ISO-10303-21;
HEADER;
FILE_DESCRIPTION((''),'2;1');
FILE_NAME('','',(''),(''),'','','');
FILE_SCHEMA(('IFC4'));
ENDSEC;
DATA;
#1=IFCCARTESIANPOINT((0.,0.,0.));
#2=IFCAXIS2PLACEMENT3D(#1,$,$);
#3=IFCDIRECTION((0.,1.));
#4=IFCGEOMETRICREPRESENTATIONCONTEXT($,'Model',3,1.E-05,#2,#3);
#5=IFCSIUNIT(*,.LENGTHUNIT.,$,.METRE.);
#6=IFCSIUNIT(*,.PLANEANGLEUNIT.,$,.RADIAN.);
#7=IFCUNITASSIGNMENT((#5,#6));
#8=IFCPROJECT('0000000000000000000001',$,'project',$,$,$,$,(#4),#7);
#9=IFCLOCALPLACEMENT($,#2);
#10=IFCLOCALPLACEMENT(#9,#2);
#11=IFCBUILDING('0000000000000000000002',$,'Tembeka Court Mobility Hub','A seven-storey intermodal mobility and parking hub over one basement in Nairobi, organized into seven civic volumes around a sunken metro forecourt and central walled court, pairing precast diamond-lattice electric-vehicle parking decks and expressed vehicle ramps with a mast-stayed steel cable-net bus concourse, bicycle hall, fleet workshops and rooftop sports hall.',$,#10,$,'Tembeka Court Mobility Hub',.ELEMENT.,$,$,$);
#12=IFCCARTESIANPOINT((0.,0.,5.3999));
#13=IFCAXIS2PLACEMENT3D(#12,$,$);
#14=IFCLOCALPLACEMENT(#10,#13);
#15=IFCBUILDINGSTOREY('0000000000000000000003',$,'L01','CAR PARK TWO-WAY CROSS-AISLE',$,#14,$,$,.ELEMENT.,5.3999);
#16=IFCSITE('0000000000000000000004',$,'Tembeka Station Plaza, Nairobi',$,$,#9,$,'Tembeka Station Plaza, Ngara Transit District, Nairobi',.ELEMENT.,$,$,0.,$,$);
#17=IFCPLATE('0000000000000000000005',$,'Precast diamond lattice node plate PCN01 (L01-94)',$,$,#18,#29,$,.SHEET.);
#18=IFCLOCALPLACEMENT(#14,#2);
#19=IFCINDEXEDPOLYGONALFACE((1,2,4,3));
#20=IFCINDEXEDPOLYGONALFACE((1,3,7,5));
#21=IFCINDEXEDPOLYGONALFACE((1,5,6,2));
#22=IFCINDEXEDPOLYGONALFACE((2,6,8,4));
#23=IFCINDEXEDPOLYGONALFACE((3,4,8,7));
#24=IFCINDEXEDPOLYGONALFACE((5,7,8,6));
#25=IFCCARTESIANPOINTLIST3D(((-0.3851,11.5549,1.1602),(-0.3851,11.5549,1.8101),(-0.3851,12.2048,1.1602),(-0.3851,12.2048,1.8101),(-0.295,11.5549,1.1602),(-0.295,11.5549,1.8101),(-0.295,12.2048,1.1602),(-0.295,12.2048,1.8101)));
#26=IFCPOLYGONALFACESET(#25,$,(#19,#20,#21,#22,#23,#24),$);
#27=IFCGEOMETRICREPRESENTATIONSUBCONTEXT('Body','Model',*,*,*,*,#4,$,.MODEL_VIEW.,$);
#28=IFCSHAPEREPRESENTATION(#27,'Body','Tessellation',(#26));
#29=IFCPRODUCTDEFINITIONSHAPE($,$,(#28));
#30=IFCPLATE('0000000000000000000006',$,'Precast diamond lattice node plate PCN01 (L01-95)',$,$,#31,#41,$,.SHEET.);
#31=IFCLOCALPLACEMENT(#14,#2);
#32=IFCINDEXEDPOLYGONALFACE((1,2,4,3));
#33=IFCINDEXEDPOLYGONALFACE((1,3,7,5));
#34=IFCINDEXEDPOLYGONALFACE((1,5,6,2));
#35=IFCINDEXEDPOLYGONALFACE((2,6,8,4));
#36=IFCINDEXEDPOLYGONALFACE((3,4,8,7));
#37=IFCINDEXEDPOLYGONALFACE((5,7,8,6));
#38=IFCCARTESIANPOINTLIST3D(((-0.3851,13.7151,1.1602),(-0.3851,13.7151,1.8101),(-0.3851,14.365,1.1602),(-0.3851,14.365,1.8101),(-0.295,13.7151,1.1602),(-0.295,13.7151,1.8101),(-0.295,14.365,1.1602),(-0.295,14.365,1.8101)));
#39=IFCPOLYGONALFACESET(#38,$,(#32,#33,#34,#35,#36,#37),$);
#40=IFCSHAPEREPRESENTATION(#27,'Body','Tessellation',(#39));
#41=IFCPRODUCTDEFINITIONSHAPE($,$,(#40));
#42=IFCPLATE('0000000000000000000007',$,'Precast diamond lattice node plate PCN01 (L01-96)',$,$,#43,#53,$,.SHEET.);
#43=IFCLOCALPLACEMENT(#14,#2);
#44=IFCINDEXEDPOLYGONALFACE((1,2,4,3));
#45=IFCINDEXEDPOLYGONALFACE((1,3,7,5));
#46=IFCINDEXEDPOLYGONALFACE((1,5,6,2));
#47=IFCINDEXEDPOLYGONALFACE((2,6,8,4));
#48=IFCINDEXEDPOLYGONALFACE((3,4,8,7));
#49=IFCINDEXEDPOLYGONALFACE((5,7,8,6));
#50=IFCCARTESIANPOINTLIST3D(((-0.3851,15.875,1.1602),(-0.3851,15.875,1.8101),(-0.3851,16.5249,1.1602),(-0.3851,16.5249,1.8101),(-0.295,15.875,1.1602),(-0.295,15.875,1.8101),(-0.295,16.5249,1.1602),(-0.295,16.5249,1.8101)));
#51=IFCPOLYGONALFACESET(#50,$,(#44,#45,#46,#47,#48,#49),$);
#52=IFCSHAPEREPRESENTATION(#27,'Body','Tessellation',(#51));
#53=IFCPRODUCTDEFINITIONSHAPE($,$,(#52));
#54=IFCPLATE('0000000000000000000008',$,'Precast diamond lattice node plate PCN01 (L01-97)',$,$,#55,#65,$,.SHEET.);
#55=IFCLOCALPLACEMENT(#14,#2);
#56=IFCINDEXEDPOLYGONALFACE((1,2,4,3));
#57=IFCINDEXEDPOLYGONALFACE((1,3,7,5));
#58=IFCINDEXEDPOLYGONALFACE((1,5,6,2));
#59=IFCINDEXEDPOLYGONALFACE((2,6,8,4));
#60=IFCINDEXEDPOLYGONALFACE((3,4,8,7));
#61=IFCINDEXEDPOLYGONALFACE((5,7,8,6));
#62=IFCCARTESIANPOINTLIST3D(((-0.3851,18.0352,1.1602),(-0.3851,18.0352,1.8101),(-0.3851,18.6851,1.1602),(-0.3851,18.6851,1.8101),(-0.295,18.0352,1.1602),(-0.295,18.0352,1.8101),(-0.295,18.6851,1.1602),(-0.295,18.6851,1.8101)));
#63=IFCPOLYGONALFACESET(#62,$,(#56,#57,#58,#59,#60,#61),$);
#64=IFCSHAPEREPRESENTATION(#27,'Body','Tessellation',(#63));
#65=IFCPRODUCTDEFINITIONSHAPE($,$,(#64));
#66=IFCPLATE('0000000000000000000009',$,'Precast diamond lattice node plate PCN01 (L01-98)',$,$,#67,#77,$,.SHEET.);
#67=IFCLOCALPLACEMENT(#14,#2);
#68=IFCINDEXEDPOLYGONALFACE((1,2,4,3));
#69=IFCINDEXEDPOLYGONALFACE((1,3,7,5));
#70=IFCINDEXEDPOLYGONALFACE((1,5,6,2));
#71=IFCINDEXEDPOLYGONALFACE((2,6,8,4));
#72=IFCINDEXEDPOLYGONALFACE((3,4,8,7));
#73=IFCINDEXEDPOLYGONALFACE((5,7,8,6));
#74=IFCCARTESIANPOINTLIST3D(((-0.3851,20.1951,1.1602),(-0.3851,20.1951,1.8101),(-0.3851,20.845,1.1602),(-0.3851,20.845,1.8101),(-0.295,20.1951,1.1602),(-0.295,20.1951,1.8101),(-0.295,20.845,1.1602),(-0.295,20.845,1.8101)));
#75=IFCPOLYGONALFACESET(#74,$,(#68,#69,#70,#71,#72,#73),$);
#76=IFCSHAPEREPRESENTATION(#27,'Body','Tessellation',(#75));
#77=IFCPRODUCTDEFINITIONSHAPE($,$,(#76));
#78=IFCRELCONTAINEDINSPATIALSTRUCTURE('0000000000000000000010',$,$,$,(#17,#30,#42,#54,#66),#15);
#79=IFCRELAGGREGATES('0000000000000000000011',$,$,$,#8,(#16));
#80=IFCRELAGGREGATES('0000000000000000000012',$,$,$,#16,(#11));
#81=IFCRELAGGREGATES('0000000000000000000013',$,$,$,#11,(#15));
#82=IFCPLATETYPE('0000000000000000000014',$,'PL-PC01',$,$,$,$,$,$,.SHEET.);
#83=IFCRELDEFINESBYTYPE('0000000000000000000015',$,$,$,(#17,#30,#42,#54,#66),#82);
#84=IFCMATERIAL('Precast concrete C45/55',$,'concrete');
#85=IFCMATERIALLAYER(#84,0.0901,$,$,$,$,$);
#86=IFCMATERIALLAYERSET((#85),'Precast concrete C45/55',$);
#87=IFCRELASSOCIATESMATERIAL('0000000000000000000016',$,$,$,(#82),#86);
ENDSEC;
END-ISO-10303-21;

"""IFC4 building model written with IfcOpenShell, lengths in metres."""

from ifc_helpers import new_model, si_unit, direction, frame, origin, origin_2d, place, context, subcontext, project, spatial, rectangle, extrude, material, layer, layer_set, type_object, element, save


model = new_model("IFC4")

# Units and contexts
model_context = context("Model", 3, precision=1e-05, world=origin(), true_north=direction((0.0, 1.0)))
body_context = subcontext(model_context, "Body", "Model", "MODEL_VIEW")
ifc_project = project(units=[si_unit("LENGTHUNIT", "METRE"), si_unit("PLANEANGLEUNIT", "RADIAN")], contexts=[model_context])

# Site, building, storey
site_placement = place(None, origin())
site = spatial("IfcSite", under=ifc_project, at=site_placement, Name="Tembeka Station Plaza, Nairobi", LongName="Tembeka Station Plaza, Ngara Transit District, Nairobi", CompositionType="ELEMENT", RefElevation=0.0)
building_placement = place(site_placement, origin())
building = spatial("IfcBuilding", under=site, at=building_placement, Name="Tembeka Court Mobility Hub", Description="A seven-storey intermodal mobility and parking hub over one basement in Nairobi, organized into seven civic volumes around a sunken metro forecourt and central walled court, pairing precast diamond-lattice electric-vehicle parking decks and expressed vehicle ramps with a mast-stayed steel cable-net bus concourse, bicycle hall, fleet workshops and rooftop sports hall.", LongName="Tembeka Court Mobility Hub", CompositionType="ELEMENT")
storey_placement = place(building_placement, frame((0.0, 0.0, 5.3999)))
storey = spatial("IfcBuildingStorey", under=building, at=storey_placement, Name="L01", Description="CAR PARK TWO-WAY CROSS-AISLE", CompositionType="ELEMENT", Elevation=5.3999)

# Shared definitions
ifc_material_1 = material(Name="Precast concrete C45/55", Category="concrete")

# Plates
ifc_layer = layer(ifc_material_1, 0.0901)
ifc_layer_set = layer_set([ifc_layer], Name="Precast concrete C45/55")
plate_type = type_object("IfcPlateType", Name="PL-PC01", PredefinedType="SHEET", material=ifc_layer_set)
for number, where, z_axis, x_axis, name in (
    (1, (-0.3401, 11.8799, 1.1602), (0.0, 0.0, 1.0), (1.0, 0.0, 0.0), "Precast diamond lattice node plate PCN01 (L01-94)"),
    (2, (-0.3401, 14.04, 1.1602), (0.0, 0.0, 1.0), (1.0, 0.0, 0.0), "Precast diamond lattice node plate PCN01 (L01-95)"),
    (3, (-0.3401, 16.2, 1.1602), (0.0, 0.0, 1.0), (1.0, 0.0, 0.0), "Precast diamond lattice node plate PCN01 (L01-96)"),
    (4, (-0.3401, 18.3601, 1.1602), (0.0, 0.0, 1.0), (1.0, 0.0, 0.0), "Precast diamond lattice node plate PCN01 (L01-97)"),
    (5, (-0.3401, 20.52, 1.1602), (0.0, 0.0, 1.0), (1.0, 0.0, 0.0), "Precast diamond lattice node plate PCN01 (L01-98)"),
):
    element("IfcPlate", number, at=place(storey_placement, frame(where, z_axis=z_axis, x_axis=x_axis)), inside=storey, type_object=plate_type, Name=name, PredefinedType="SHEET", context=body_context, shape_type="SweptSolid", body=[
        extrude(rectangle(XDim=0.0901, YDim=0.6499, at=origin_2d()), origin(), (0.0, 0.0, 1.0), 0.6499),
    ])

save(model, "model.ifc")
